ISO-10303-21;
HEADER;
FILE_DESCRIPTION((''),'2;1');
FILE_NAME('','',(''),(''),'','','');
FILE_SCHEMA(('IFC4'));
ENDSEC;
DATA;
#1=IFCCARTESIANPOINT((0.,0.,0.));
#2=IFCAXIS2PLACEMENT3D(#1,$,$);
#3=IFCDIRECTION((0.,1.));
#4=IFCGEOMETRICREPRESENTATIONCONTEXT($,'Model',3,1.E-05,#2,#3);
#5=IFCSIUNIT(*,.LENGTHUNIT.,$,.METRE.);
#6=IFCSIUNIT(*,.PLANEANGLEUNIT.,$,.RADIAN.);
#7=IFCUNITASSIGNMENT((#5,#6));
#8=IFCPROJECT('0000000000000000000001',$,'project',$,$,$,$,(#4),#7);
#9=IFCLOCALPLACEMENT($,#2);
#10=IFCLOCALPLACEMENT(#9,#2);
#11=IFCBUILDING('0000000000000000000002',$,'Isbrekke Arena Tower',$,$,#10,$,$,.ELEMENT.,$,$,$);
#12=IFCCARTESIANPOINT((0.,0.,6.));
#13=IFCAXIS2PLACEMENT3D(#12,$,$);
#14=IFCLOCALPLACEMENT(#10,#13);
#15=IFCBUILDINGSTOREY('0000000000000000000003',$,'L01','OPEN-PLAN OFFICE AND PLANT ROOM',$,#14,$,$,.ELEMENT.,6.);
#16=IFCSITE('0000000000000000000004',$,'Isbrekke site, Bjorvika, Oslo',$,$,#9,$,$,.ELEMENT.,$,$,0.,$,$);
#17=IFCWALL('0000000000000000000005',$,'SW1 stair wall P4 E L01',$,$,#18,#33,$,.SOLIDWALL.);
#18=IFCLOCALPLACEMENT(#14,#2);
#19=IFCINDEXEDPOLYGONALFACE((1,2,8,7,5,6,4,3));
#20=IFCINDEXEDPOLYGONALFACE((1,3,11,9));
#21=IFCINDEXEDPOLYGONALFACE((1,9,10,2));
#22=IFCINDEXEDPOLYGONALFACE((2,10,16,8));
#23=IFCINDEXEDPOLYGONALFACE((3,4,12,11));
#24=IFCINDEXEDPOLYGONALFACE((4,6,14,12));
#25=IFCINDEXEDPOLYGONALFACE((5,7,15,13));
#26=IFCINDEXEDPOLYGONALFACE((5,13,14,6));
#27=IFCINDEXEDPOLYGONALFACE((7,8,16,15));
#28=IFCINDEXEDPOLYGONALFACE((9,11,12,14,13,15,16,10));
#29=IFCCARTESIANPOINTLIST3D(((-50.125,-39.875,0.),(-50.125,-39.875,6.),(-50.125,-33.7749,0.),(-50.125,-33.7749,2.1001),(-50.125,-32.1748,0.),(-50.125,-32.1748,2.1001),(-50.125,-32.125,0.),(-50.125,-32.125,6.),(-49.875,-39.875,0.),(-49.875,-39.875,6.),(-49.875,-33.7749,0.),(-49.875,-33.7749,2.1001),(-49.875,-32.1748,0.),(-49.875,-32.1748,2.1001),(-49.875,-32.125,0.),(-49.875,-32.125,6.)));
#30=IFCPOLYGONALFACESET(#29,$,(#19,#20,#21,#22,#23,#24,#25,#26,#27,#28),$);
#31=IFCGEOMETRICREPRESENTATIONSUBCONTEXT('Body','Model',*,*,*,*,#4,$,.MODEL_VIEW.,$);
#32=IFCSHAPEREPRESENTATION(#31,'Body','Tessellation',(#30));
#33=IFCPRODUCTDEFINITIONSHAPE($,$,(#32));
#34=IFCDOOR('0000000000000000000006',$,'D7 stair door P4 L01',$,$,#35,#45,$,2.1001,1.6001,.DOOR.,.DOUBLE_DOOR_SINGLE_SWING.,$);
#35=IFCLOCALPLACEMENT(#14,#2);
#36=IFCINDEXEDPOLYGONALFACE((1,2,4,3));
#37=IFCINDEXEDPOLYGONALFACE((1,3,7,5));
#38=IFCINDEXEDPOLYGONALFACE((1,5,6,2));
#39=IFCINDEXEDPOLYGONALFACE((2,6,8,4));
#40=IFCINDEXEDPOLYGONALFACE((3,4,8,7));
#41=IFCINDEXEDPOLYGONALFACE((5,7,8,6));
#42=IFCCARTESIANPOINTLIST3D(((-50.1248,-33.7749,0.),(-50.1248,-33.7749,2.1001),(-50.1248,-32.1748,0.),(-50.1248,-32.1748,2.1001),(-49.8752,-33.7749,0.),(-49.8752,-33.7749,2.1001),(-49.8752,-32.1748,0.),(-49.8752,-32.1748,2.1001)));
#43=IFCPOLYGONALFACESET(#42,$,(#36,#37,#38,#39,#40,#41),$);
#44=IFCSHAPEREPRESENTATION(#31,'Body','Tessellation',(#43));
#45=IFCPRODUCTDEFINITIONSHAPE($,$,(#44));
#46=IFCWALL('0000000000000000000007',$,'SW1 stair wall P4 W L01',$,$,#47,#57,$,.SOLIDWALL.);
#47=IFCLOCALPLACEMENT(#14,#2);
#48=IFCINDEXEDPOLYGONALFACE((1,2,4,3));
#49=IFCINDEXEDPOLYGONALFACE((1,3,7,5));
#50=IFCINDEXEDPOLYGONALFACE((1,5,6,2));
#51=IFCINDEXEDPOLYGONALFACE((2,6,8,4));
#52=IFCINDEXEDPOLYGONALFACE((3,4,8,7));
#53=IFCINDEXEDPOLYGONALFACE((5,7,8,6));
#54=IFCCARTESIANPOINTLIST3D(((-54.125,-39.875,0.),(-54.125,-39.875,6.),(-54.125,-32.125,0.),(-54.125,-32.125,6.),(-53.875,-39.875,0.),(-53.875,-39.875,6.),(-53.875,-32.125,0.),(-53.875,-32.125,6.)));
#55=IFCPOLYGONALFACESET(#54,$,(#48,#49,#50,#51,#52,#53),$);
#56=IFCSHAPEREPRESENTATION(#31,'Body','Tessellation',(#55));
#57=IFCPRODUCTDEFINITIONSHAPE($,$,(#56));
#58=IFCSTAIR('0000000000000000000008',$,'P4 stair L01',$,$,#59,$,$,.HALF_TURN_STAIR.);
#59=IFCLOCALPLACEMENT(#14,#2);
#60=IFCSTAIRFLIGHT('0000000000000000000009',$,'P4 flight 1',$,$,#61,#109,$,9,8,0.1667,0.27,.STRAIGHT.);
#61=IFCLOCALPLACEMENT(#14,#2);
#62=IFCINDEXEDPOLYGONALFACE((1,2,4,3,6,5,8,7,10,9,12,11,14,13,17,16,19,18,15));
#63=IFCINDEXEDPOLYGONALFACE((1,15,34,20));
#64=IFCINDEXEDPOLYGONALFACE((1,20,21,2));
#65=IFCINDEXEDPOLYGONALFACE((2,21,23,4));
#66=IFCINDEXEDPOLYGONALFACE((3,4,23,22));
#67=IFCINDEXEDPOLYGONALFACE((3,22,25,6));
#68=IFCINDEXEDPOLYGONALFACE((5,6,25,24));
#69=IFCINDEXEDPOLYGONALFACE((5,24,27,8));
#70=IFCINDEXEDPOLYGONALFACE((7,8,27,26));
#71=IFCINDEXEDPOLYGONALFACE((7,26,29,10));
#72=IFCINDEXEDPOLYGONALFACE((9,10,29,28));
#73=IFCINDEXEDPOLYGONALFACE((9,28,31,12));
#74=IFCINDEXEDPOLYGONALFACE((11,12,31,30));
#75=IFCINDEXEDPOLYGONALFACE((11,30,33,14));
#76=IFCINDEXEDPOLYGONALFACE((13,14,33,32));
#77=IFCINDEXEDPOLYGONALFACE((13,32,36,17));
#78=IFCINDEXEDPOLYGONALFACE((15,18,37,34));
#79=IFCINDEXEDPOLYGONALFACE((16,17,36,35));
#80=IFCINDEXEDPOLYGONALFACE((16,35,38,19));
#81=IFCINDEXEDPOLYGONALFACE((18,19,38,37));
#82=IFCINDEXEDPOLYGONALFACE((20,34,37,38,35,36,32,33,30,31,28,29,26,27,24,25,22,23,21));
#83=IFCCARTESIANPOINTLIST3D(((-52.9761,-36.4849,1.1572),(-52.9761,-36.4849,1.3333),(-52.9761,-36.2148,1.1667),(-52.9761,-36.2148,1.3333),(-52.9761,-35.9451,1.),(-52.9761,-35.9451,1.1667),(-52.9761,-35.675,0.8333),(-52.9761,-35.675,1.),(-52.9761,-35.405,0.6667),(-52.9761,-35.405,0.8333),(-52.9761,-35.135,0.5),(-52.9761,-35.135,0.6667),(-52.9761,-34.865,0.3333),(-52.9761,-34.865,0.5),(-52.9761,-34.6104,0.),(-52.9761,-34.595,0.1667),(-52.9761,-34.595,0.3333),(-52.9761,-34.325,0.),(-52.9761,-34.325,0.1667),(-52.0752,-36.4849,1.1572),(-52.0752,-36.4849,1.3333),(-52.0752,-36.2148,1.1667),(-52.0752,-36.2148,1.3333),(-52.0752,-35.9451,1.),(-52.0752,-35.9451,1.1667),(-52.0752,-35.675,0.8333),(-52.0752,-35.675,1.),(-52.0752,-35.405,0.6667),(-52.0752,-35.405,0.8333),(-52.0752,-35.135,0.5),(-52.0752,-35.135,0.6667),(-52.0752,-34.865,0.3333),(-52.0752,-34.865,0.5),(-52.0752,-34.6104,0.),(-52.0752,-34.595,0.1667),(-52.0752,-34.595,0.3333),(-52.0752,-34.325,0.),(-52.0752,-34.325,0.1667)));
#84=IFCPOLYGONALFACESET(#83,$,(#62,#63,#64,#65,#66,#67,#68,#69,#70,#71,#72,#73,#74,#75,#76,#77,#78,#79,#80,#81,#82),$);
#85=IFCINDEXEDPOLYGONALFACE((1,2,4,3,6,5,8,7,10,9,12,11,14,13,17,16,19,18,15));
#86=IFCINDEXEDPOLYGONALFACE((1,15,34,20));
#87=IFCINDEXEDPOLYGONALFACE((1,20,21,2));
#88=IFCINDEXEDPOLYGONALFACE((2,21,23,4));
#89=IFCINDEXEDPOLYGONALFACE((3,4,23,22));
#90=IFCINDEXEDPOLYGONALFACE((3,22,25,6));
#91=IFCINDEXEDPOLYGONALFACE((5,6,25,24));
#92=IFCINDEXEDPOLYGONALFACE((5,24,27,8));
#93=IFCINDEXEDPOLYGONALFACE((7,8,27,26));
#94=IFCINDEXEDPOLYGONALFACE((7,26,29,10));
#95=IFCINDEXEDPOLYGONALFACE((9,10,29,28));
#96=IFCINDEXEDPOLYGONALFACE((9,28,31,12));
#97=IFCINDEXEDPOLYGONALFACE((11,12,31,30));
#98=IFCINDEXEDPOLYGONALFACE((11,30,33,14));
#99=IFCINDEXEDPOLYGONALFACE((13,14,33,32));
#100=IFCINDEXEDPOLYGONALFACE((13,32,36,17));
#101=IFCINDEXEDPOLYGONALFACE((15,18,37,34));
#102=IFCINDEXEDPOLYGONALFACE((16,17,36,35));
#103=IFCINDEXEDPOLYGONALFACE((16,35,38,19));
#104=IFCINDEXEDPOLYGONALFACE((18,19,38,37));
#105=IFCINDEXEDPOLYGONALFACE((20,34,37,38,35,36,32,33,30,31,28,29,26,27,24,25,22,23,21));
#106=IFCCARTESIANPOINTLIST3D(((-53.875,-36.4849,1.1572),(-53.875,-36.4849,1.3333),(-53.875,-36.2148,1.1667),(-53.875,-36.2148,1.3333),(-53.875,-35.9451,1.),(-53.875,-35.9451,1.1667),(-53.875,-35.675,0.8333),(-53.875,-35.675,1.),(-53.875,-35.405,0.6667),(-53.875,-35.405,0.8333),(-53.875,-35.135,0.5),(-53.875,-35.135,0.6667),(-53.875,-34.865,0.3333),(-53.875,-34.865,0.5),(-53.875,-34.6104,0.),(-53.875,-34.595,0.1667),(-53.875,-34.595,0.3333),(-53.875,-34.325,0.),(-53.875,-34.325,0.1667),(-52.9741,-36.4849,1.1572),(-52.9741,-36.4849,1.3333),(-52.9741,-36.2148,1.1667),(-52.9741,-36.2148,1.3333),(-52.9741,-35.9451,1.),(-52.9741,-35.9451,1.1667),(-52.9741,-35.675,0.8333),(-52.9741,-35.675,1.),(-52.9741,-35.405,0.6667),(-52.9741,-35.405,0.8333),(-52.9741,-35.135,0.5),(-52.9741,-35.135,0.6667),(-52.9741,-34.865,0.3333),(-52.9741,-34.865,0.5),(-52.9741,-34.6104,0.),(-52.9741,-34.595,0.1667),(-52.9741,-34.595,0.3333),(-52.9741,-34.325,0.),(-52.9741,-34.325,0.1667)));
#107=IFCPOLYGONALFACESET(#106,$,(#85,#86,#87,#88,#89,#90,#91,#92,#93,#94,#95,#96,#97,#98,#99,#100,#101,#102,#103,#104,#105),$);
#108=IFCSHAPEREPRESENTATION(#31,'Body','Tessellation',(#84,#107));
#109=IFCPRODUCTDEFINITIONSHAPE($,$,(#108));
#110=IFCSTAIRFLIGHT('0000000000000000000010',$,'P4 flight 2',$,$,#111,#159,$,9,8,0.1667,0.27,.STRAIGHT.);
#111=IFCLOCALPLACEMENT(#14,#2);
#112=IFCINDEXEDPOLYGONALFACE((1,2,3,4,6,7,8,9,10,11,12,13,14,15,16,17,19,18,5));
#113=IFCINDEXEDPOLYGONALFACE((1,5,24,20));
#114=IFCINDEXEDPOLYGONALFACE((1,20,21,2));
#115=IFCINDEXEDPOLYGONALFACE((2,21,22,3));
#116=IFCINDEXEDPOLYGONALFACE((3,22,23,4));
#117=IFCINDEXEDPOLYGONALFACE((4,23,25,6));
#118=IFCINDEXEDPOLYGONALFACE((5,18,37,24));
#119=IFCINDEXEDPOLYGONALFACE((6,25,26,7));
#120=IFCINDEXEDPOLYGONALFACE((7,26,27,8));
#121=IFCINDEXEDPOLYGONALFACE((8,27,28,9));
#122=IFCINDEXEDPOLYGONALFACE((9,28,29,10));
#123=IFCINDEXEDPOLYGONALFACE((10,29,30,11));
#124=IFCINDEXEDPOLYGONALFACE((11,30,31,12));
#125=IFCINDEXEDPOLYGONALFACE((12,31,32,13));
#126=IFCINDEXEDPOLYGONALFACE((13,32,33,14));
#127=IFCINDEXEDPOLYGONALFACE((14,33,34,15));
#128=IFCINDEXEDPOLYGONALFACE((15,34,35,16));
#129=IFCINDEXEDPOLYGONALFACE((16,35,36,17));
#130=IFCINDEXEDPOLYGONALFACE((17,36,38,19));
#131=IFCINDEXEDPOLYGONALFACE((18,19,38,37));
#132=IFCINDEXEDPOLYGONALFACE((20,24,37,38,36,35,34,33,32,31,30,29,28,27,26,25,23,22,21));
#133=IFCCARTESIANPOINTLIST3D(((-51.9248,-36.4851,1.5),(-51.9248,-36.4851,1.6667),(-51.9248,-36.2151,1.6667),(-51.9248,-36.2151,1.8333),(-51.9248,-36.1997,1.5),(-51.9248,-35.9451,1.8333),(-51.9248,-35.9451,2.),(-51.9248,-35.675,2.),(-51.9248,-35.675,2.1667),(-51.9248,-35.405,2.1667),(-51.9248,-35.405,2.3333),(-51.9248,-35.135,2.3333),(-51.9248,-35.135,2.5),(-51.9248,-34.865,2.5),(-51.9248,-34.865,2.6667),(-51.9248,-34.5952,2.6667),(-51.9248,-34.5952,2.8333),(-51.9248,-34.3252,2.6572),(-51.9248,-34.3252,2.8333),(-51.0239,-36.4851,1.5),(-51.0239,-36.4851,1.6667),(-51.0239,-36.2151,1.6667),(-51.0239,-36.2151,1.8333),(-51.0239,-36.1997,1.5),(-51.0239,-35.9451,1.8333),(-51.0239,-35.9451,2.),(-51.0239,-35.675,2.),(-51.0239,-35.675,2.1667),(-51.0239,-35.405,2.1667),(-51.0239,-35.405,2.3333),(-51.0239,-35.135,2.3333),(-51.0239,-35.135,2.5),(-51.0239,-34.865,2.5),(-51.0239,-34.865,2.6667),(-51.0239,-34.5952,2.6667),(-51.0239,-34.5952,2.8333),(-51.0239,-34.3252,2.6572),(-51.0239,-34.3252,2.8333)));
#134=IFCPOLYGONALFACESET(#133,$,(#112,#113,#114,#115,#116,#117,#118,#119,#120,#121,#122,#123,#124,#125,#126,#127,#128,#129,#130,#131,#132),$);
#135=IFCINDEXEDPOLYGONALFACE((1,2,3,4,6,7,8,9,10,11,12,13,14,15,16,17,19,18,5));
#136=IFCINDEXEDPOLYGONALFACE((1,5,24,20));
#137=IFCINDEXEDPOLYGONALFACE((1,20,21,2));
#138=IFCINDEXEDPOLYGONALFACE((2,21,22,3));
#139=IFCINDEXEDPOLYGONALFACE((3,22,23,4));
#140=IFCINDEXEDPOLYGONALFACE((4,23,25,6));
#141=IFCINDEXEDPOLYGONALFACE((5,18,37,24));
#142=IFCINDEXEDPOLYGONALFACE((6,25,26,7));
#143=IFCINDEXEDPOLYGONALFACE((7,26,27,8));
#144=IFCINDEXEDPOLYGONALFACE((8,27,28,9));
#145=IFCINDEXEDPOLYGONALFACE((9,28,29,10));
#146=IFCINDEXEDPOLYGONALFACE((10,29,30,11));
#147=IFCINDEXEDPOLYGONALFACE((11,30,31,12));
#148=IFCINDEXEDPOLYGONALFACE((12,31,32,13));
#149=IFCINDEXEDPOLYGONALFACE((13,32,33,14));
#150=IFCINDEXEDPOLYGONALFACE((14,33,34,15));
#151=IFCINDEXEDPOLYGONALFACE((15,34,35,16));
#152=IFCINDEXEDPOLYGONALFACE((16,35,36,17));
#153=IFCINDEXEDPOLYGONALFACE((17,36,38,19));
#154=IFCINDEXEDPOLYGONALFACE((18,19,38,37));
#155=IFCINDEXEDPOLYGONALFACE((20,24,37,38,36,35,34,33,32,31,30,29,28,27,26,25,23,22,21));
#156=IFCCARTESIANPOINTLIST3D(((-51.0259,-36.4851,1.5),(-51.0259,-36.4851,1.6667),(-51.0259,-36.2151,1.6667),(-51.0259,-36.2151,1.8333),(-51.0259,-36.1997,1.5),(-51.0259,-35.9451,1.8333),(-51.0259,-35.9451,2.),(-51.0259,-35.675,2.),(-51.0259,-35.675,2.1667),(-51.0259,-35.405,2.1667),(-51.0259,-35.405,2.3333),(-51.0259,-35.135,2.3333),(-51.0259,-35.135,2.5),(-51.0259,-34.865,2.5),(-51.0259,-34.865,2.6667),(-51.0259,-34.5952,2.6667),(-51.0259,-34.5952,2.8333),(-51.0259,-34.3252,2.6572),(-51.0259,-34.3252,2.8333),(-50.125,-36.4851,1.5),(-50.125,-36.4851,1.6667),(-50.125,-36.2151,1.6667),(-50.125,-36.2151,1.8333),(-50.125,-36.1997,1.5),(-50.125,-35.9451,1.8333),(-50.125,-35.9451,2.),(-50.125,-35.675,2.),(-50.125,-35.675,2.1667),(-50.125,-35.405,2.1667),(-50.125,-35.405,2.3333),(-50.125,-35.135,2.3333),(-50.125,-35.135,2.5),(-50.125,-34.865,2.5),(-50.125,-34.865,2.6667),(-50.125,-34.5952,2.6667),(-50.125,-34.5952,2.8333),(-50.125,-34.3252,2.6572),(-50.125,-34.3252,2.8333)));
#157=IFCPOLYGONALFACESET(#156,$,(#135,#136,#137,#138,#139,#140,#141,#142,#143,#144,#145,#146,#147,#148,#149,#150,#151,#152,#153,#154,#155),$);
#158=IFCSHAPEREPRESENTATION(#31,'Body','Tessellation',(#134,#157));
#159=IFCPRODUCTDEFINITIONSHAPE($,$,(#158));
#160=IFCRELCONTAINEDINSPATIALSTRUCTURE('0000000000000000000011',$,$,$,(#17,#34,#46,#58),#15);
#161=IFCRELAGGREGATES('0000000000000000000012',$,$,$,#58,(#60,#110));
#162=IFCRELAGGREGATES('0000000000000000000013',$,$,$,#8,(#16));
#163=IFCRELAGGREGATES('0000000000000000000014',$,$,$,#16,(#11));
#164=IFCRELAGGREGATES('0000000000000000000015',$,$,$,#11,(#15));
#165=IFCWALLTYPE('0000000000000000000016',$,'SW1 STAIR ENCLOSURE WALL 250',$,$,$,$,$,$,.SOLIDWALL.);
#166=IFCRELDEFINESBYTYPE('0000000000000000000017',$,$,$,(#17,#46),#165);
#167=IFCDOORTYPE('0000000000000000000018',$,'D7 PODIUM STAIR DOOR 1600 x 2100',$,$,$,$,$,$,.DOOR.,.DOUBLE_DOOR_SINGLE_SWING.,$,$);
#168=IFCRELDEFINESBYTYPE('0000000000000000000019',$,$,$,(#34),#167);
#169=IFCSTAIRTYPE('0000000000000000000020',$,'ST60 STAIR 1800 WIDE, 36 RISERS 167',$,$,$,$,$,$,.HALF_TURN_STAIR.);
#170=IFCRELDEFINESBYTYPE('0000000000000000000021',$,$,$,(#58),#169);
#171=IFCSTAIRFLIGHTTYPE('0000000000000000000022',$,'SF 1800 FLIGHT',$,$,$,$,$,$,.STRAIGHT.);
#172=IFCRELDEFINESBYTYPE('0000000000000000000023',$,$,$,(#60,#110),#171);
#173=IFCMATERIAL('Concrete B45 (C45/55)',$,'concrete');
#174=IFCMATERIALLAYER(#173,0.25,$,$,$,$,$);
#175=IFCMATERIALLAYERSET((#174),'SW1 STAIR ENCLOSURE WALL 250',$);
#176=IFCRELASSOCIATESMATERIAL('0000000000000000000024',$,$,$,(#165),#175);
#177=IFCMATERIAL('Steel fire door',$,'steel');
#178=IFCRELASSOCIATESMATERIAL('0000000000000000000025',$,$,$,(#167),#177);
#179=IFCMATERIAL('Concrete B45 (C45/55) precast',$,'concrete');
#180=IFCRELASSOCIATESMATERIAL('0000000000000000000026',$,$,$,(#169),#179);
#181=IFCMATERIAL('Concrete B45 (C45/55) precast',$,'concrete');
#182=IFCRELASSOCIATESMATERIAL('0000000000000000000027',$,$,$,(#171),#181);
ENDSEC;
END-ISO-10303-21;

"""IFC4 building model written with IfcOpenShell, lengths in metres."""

from ifc_helpers import new_model, si_unit, direction, frame, frame_2d, origin, place, context, subcontext, project, spatial, polyline, rectangle, outline, extrude, material, layer, layer_set, type_object, element, fill, aggregate, save


model = new_model("IFC4")

# Units and contexts
model_context = context("Model", 3, precision=1e-05, world=origin(), true_north=direction((0.0, 1.0)))
body_context = subcontext(model_context, "Body", "Model", "MODEL_VIEW")
ifc_project = project(units=[si_unit("LENGTHUNIT", "METRE"), si_unit("PLANEANGLEUNIT", "RADIAN")], contexts=[model_context])

# Site, building, storey
site_placement = place(None, origin())
site = spatial("IfcSite", under=ifc_project, at=site_placement, Name="Isbrekke site, Bjorvika, Oslo", CompositionType="ELEMENT", RefElevation=0.0)
building_placement = place(site_placement, origin())
building = spatial("IfcBuilding", under=site, at=building_placement, Name="Isbrekke Arena Tower", CompositionType="ELEMENT")
storey_placement = place(building_placement, frame((0.0, 0.0, 6.0)))
storey = spatial("IfcBuildingStorey", under=building, at=storey_placement, Name="L01", Description="OPEN-PLAN OFFICE AND PLANT ROOM", CompositionType="ELEMENT", Elevation=6.0)

# Shared definitions
ifc_material_1 = material(Name="Concrete B45 (C45/55)", Category="concrete")
ifc_layer_1 = layer(ifc_material_1, 0.25)
ifc_layer_set_1 = layer_set([ifc_layer_1], Name="SW1 STAIR ENCLOSURE WALL 250")
wall_type_1 = type_object("IfcWallType", Name="SW1 STAIR ENCLOSURE WALL 250", PredefinedType="SOLIDWALL", material=ifc_layer_set_1)

# Wall, opening, door
wall_1_placement = place(storey_placement, frame((-50.0, -39.875, 0.0), z_axis=(0.0, 0.0, 1.0), x_axis=(0.0, 1.0, 0.0)))
wall_1 = element("IfcWall", 1, at=wall_1_placement, inside=storey, type_object=wall_type_1, Name="SW1 stair wall P4 E L01", PredefinedType="SOLIDWALL", context=body_context, shape_type="SweptSolid", body=[
    extrude(rectangle(XDim=7.75, YDim=0.25, at=frame_2d((3.875, 0.0))), origin(), (0.0, 0.0, 1.0), 6.0),
])
opening_1_placement = place(wall_1_placement, frame((6.1001, 0.0, 0.0)))
opening_1 = element("IfcOpeningElement", 2, at=opening_1_placement, cuts=wall_1, PredefinedType="OPENING", context=body_context, shape_type="SweptSolid", body=[
    extrude(rectangle(XDim=1.6001, YDim=2.1001, at=frame_2d((0.8, 1.05))), frame((0.0, 0.1399, 0.0), z_axis=(0.0, -1.0, 0.0), x_axis=(1.0, 0.0, 0.0)), (0.0, 0.0, 1.0), 0.2798),
])
ifc_material_2 = material(Name="Steel fire door", Category="steel")
door_type_1 = type_object("IfcDoorType", Name="D7 PODIUM STAIR DOOR 1600 x 2100", OperationType="DOUBLE_DOOR_SINGLE_SWING", PredefinedType="DOOR", material=ifc_material_2)
door_1_placement = place(opening_1_placement, origin())
door_1 = element("IfcDoor", 3, at=door_1_placement, inside=storey, type_object=door_type_1, Name="D7 stair door P4 L01", OperationType="DOUBLE_DOOR_SINGLE_SWING", OverallHeight=2.1001, OverallWidth=1.6001, PredefinedType="DOOR", context=body_context, shape_type="SweptSolid", body=[
    extrude(rectangle(XDim=1.6001, YDim=2.1001, at=frame_2d((0.8, 1.05))), frame((0.0, 0.1248, 0.0), z_axis=(0.0, -1.0, 0.0), x_axis=(1.0, 0.0, 0.0)), (0.0, 0.0, 1.0), 0.2495),
])
fill(opening_1, door_1)

# Wall
wall_2_placement = place(storey_placement, frame((-54.0, -32.125, 0.0), z_axis=(0.0, 0.0, 1.0), x_axis=(0.0, -1.0, 0.0)))
element("IfcWall", 4, at=wall_2_placement, inside=storey, type_object=wall_type_1, Name="SW1 stair wall P4 W L01", PredefinedType="SOLIDWALL", context=body_context, shape_type="SweptSolid", body=[
    extrude(rectangle(XDim=7.75, YDim=0.25, at=frame_2d((3.875, 0.0))), origin(), (0.0, 0.0, 1.0), 6.0),
])

# Stair, stair flights
ifc_material_3 = material(Name="Concrete B45 (C45/55) precast", Category="concrete")
stair_type = type_object("IfcStairType", Name="ST60 STAIR 1800 WIDE, 36 RISERS 167", PredefinedType="HALF_TURN_STAIR", material=ifc_material_3)
stair_placement = place(storey_placement, origin())
stair = element("IfcStair", 5, at=stair_placement, inside=storey, type_object=stair_type, Name="P4 stair L01", PredefinedType="HALF_TURN_STAIR")
ifc_material_4 = material(Name="Concrete B45 (C45/55) precast", Category="concrete")
stair_flight_type = type_object("IfcStairFlightType", Name="SF 1800 FLIGHT", PredefinedType="STRAIGHT", material=ifc_material_4)
stair_flight_1_placement = place(storey_placement, frame((-52.9751, -34.325, 0.0), z_axis=(0.0, 0.0, 1.0), x_axis=(0.0, -1.0, 0.0)))
stair_flight_1 = element("IfcStairFlight", 6, at=stair_flight_1_placement, type_object=stair_flight_type, Name="P4 flight 1", NumberOfRisers=9, NumberOfTreads=8, PredefinedType="STRAIGHT", RiserHeight=0.1667, TreadLength=0.27, context=body_context, shape_type="SweptSolid", body=[
    extrude(outline(polyline([(0.0, 0.0), (0.0, 0.1667), (0.27, 0.1667), (0.27, 0.3333), (0.54, 0.3333), (0.54, 0.5), (0.8101, 0.5), (0.8101, 0.6667), (1.0801, 0.6667), (1.0801, 0.8333), (1.3501, 0.8333), (1.3501, 1.0), (1.6201, 1.0), (1.6201, 1.1667), (1.8899, 1.1667), (1.8899, 1.3333), (2.1599, 1.3333), (2.1599, 1.5), (2.1599, 1.1572), (0.2854, 0.0), (0.0, 0.0)])), frame((0.0, 0.8999, 0.0), z_axis=(0.0, -1.0, 0.0), x_axis=(1.0, 0.0, 0.0)), (0.0, 0.0, 1.0), 0.9009),
    extrude(outline(polyline([(0.0, 0.0), (0.0, 0.1667), (0.27, 0.1667), (0.27, 0.3333), (0.54, 0.3333), (0.54, 0.5), (0.8101, 0.5), (0.8101, 0.6667), (1.0801, 0.6667), (1.0801, 0.8333), (1.3501, 0.8333), (1.3501, 1.0), (1.6201, 1.0), (1.6201, 1.1667), (1.8899, 1.1667), (1.8899, 1.3333), (2.1599, 1.3333), (2.1599, 1.5), (2.1599, 1.1572), (0.2854, 0.0), (0.0, 0.0)])), frame((0.0, 0.001, 0.0), z_axis=(0.0, -1.0, 0.0), x_axis=(1.0, 0.0, 0.0)), (0.0, 0.0, 1.0), 0.9009),
])
stair_flight_2_placement = place(storey_placement, frame((-51.0249, -36.4851, 1.5), z_axis=(0.0, 0.0, 1.0), x_axis=(0.0, 1.0, 0.0)))
stair_flight_2 = element("IfcStairFlight", 7, at=stair_flight_2_placement, type_object=stair_flight_type, Name="P4 flight 2", NumberOfRisers=9, NumberOfTreads=8, PredefinedType="STRAIGHT", RiserHeight=0.1667, TreadLength=0.27, context=body_context, shape_type="SweptSolid", body=[
    extrude(outline(polyline([(0.0, 0.0), (0.0, 0.1667), (0.27, 0.1667), (0.27, 0.3333), (0.54, 0.3333), (0.54, 0.5), (0.8101, 0.5), (0.8101, 0.6667), (1.0801, 0.6667), (1.0801, 0.8333), (1.3501, 0.8333), (1.3501, 1.0), (1.6201, 1.0), (1.6201, 1.1667), (1.8899, 1.1667), (1.8899, 1.3333), (2.1599, 1.3333), (2.1599, 1.5), (2.1599, 1.1572), (0.2854, 0.0), (0.0, 0.0)])), frame((0.0, 0.8999, 0.0), z_axis=(0.0, -1.0, 0.0), x_axis=(1.0, 0.0, 0.0)), (0.0, 0.0, 1.0), 0.9009),
    extrude(outline(polyline([(0.0, 0.0), (0.0, 0.1667), (0.27, 0.1667), (0.27, 0.3333), (0.54, 0.3333), (0.54, 0.5), (0.8101, 0.5), (0.8101, 0.6667), (1.0801, 0.6667), (1.0801, 0.8333), (1.3501, 0.8333), (1.3501, 1.0), (1.6201, 1.0), (1.6201, 1.1667), (1.8899, 1.1667), (1.8899, 1.3333), (2.1599, 1.3333), (2.1599, 1.5), (2.1599, 1.1572), (0.2854, 0.0), (0.0, 0.0)])), frame((0.0, 0.001, 0.0), z_axis=(0.0, -1.0, 0.0), x_axis=(1.0, 0.0, 0.0)), (0.0, 0.0, 1.0), 0.9009),
])
aggregate(stair, [stair_flight_1, stair_flight_2])

save(model, "model.ifc")
